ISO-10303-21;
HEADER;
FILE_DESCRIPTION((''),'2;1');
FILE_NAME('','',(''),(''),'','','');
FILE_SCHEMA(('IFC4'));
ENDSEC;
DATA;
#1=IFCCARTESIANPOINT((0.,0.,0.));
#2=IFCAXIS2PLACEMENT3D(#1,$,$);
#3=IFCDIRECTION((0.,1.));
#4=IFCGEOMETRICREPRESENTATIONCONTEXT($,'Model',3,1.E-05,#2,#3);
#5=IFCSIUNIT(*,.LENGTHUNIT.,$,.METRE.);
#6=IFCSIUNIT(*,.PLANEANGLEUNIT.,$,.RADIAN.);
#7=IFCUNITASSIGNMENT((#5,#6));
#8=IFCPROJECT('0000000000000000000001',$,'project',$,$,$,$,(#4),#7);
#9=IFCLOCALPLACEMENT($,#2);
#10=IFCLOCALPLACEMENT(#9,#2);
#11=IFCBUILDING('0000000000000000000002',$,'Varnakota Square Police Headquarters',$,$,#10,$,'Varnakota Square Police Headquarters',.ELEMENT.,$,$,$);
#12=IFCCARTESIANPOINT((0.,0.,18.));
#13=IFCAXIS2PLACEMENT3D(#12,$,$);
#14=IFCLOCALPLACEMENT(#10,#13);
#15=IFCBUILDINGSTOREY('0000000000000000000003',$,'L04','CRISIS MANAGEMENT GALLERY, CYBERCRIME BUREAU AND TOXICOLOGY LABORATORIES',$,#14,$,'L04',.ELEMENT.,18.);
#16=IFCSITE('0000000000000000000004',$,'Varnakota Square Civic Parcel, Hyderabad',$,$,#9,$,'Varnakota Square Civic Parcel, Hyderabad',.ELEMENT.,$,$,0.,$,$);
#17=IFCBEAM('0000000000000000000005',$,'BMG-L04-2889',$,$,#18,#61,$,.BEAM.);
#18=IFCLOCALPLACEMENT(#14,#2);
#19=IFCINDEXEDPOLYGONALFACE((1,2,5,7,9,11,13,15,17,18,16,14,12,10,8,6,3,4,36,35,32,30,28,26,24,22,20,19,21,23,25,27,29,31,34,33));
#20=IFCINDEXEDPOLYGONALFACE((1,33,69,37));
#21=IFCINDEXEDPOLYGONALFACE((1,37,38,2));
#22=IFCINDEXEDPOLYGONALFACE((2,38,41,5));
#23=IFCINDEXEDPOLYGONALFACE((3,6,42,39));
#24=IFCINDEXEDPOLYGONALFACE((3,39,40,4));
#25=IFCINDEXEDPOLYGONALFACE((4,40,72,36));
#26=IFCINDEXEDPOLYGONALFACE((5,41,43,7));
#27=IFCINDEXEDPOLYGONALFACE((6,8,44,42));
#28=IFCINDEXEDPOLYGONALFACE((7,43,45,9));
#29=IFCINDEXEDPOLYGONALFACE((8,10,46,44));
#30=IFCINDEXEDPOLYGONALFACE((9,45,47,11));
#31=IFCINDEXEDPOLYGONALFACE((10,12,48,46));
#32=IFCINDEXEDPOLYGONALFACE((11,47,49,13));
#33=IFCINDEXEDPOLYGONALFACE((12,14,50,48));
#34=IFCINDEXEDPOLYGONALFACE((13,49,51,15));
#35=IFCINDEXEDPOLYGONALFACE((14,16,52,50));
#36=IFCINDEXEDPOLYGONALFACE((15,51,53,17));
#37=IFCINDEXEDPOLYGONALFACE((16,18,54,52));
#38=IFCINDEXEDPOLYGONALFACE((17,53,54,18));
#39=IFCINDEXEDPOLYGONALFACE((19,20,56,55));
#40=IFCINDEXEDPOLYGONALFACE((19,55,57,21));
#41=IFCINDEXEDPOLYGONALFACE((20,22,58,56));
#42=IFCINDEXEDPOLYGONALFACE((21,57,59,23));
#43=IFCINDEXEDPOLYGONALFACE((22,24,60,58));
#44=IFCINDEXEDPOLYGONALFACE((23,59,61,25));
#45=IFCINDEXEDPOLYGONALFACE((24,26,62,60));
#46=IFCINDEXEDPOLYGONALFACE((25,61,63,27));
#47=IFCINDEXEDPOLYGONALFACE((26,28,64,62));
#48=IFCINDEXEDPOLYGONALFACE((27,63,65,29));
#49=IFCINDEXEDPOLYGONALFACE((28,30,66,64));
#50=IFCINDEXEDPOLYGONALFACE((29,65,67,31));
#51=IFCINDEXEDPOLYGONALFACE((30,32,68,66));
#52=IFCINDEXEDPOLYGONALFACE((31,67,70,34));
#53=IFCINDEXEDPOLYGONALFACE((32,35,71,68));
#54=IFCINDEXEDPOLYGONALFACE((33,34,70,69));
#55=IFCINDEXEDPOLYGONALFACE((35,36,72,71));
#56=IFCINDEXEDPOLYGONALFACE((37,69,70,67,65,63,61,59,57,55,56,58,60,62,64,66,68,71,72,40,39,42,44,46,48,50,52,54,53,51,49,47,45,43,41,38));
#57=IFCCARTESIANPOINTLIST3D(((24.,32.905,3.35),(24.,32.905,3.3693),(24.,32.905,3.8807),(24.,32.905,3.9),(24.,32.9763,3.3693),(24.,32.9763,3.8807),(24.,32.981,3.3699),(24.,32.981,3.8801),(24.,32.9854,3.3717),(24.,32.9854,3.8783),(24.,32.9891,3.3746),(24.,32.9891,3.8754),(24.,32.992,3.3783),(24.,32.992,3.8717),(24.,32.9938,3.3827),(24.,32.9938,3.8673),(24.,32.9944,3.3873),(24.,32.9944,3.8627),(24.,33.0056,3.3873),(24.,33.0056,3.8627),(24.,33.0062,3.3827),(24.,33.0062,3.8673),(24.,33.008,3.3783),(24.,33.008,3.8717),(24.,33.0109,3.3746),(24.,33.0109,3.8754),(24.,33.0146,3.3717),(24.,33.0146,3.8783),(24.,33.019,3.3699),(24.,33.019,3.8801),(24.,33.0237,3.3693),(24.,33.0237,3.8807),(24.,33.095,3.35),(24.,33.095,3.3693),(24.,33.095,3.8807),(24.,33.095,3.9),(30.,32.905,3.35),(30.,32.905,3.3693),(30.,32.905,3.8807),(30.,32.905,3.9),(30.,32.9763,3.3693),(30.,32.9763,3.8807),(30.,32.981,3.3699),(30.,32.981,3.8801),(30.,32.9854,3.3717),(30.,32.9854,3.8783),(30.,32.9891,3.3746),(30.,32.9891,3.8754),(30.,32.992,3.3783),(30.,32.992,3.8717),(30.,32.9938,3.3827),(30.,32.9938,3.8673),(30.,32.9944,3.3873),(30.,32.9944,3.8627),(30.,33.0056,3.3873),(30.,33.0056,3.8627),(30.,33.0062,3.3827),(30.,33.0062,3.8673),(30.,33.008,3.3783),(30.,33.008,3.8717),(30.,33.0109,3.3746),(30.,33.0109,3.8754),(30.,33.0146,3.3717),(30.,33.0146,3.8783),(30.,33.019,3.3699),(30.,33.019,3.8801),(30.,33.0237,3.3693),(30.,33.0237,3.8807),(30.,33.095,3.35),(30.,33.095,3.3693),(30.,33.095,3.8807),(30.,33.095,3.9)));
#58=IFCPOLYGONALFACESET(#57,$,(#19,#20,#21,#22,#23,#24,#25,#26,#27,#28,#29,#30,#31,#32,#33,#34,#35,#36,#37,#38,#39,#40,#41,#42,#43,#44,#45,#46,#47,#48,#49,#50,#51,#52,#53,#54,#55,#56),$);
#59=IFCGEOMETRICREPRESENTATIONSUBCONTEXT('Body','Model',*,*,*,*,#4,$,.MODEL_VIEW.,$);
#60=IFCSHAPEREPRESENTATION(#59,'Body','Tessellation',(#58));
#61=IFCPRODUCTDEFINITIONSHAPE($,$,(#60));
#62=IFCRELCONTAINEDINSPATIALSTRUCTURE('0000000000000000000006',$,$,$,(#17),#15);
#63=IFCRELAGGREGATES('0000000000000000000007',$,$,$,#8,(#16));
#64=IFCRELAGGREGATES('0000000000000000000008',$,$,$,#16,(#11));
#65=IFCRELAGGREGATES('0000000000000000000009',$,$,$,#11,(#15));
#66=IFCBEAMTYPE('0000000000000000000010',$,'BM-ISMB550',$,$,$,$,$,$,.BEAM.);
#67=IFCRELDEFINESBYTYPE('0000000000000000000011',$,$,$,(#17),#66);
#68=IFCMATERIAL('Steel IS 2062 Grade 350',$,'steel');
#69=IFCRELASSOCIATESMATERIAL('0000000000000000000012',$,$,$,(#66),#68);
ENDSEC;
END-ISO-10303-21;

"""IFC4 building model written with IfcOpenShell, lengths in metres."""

from ifc_helpers import new_model, si_unit, direction, frame, origin, origin_2d, place, context, subcontext, project, spatial, i_section, extrude, material, material_profile, profile_set, type_object, element, save


model = new_model("IFC4")

# Units and contexts
model_context = context("Model", 3, precision=1e-05, world=origin(), true_north=direction((0.0, 1.0)))
body_context = subcontext(model_context, "Body", "Model", "MODEL_VIEW")
ifc_project = project(units=[si_unit("LENGTHUNIT", "METRE"), si_unit("PLANEANGLEUNIT", "RADIAN")], contexts=[model_context])

# Site, building, storey
site_placement = place(None, origin())
site = spatial("IfcSite", under=ifc_project, at=site_placement, Name="Varnakota Square Civic Parcel, Hyderabad", LongName="Varnakota Square Civic Parcel, Hyderabad", CompositionType="ELEMENT", RefElevation=0.0)
building_placement = place(site_placement, origin())
building = spatial("IfcBuilding", under=site, at=building_placement, Name="Varnakota Square Police Headquarters", LongName="Varnakota Square Police Headquarters", CompositionType="ELEMENT")
storey_placement = place(building_placement, frame((0.0, 0.0, 18.0)))
storey = spatial("IfcBuildingStorey", under=building, at=storey_placement, Name="L04", Description="CRISIS MANAGEMENT GALLERY, CYBERCRIME BUREAU AND TOXICOLOGY LABORATORIES", LongName="L04", CompositionType="ELEMENT", Elevation=18.0)

# Shared definitions
ifc_material = material(Name="Steel IS 2062 Grade 350", Category="steel")

# Beam
ifc_material_profile_1 = material_profile(ifc_material, i_section(OverallWidth=0.1899, OverallDepth=0.55, WebThickness=0.0112, FlangeThickness=0.0193, FilletRadius=0.0181, at=origin_2d()), Name="ISMB 550")
ifc_profile_set_1 = profile_set([ifc_material_profile_1], Name="Steel IS 2062 Grade 350")
beam_type_1 = type_object("IfcBeamType", Name="BM-ISMB550", PredefinedType="BEAM", material=ifc_profile_set_1)
for number, where, z_axis, x_axis, name in (
    (1, (24.0, 33.0, 3.625), (1.0, 0.0, 0.0), (0.0, 1.0, 0.0), "BMG-L04-2889"),
):
    element("IfcBeam", number, at=place(storey_placement, frame(where, z_axis=z_axis, x_axis=x_axis)), inside=storey, type_object=beam_type_1, Name=name, PredefinedType="BEAM", context=body_context, shape_type="SweptSolid", body=[
        extrude(i_section(OverallWidth=0.1899, OverallDepth=0.55, WebThickness=0.0112, FlangeThickness=0.0193, FilletRadius=0.0181, at=origin_2d()), origin(), (0.0, 0.0, 1.0), 6.0),
    ])

save(model, "model.ifc")
